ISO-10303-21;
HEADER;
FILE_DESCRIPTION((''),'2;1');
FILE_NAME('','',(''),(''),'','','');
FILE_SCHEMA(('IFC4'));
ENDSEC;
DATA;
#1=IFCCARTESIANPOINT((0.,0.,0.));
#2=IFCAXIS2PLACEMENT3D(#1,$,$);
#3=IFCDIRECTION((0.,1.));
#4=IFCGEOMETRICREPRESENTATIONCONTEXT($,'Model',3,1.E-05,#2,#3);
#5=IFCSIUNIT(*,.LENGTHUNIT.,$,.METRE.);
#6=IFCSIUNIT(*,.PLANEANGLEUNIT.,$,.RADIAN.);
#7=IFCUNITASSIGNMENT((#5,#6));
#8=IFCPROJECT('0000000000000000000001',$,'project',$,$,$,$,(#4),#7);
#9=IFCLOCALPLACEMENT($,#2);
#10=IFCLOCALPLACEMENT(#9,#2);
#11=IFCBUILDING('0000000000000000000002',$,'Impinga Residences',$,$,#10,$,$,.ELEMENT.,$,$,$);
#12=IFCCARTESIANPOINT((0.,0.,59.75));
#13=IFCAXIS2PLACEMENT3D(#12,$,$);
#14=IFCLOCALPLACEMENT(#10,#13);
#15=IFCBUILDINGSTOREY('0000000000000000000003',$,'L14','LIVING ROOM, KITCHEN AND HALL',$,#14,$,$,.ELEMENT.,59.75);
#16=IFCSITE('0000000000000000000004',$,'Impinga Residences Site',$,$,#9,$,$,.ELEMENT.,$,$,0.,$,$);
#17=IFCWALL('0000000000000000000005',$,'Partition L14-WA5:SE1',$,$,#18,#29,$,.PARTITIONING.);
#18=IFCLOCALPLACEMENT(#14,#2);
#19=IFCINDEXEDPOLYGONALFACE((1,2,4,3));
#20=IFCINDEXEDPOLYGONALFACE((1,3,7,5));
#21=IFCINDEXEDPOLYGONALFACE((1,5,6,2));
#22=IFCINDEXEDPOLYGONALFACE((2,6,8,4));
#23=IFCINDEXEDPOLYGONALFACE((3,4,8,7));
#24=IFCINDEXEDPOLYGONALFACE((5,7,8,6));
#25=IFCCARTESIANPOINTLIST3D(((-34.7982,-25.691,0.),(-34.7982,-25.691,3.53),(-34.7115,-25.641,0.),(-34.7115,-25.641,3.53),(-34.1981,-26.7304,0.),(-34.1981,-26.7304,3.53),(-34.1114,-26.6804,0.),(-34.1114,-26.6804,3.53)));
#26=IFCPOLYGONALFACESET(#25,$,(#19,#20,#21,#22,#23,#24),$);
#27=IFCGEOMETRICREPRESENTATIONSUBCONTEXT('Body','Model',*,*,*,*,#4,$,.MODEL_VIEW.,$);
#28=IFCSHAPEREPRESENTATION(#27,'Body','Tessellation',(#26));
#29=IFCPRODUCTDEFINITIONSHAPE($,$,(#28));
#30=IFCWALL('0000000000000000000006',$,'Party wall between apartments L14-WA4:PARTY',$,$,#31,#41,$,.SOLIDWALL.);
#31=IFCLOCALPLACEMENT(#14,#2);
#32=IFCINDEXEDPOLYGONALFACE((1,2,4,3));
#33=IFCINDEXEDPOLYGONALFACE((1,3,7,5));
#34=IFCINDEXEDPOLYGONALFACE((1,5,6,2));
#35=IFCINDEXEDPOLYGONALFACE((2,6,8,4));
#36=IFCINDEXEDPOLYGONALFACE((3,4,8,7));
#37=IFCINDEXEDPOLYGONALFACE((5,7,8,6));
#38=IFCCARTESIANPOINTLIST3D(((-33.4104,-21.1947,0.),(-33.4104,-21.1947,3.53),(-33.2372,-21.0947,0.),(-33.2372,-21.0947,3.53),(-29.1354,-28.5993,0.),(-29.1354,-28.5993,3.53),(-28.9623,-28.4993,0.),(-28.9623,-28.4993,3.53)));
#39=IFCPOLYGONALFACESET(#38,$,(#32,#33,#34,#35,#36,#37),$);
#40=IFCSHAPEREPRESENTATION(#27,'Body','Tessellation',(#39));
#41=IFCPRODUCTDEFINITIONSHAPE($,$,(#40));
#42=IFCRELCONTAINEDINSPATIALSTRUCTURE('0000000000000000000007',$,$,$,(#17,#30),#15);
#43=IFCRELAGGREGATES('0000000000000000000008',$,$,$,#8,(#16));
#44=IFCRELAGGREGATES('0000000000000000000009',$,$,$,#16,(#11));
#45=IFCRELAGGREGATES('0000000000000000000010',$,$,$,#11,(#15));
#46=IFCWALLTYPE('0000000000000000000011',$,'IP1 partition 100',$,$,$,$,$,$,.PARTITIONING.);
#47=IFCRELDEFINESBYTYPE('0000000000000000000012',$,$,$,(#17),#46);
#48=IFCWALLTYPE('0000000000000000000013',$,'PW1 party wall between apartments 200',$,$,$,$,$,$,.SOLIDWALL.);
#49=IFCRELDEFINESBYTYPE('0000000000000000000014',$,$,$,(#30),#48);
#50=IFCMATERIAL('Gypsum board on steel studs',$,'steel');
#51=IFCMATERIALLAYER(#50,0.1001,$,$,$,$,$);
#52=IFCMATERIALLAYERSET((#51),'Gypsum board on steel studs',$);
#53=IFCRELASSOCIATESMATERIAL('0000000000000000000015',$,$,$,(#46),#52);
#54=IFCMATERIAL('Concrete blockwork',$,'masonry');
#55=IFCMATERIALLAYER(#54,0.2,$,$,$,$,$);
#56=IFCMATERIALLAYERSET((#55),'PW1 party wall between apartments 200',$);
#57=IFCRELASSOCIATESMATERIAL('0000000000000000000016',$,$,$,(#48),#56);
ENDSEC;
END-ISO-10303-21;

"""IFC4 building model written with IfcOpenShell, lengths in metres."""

from ifc_helpers import new_model, si_unit, direction, frame, frame_2d, origin, place, context, subcontext, project, spatial, rectangle, extrude, material, layer, layer_set, type_object, element, save


model = new_model("IFC4")

# Units and contexts
model_context = context("Model", 3, precision=1e-05, world=origin(), true_north=direction((0.0, 1.0)))
body_context = subcontext(model_context, "Body", "Model", "MODEL_VIEW")
ifc_project = project(units=[si_unit("LENGTHUNIT", "METRE"), si_unit("PLANEANGLEUNIT", "RADIAN")], contexts=[model_context])

# Site, building, storey
site_placement = place(None, origin())
site = spatial("IfcSite", under=ifc_project, at=site_placement, Name="Impinga Residences Site", CompositionType="ELEMENT", RefElevation=0.0)
building_placement = place(site_placement, origin())
building = spatial("IfcBuilding", under=site, at=building_placement, Name="Impinga Residences", CompositionType="ELEMENT")
storey_placement = place(building_placement, frame((0.0, 0.0, 59.75)))
storey = spatial("IfcBuildingStorey", under=building, at=storey_placement, Name="L14", Description="LIVING ROOM, KITCHEN AND HALL", CompositionType="ELEMENT", Elevation=59.75)

# Shared definitions
ifc_material_1 = material(Name="Gypsum board on steel studs", Category="steel")
ifc_layer_1 = layer(ifc_material_1, 0.1001)
ifc_layer_set_1 = layer_set([ifc_layer_1], Name="Gypsum board on steel studs")
wall_type_1 = type_object("IfcWallType", Name="IP1 partition 100", PredefinedType="PARTITIONING", material=ifc_layer_set_1)

# Walls
for number, where, z_axis, x_axis, name in (
    (1, (-34.7549, -25.666, 0.0), (0.0, 0.0, 1.0), (0.500034, -0.866006, 0.0), "Partition L14-WA5:SE1"),
):
    element("IfcWall", number, at=place(storey_placement, frame(where, z_axis=z_axis, x_axis=x_axis)), inside=storey, type_object=wall_type_1, Name=name, PredefinedType="PARTITIONING", context=body_context, shape_type="SweptSolid", body=[
        extrude(rectangle(XDim=1.2002, YDim=0.1001, at=frame_2d((0.6001, 0.0))), origin(), (0.0, 0.0, 1.0), 3.53),
    ])
ifc_material_2 = material(Name="Concrete blockwork", Category="masonry")
ifc_layer_2 = layer(ifc_material_2, 0.2)
ifc_layer_set_2 = layer_set([ifc_layer_2], Name="PW1 party wall between apartments 200")
wall_type_2 = type_object("IfcWallType", Name="PW1 party wall between apartments 200", PredefinedType="SOLIDWALL", material=ifc_layer_set_2)
wall_1_placement = place(storey_placement, frame((-33.3237, -21.1448, 0.0), z_axis=(0.0, 0.0, 1.0), x_axis=(0.49999, -0.866031, 0.0)))
element("IfcWall", 2, at=wall_1_placement, inside=storey, type_object=wall_type_2, Name="Party wall between apartments L14-WA4:PARTY", PredefinedType="SOLIDWALL", context=body_context, shape_type="SweptSolid", body=[
    extrude(rectangle(XDim=8.55, YDim=0.2, at=frame_2d((4.2749, 0.0))), origin(), (0.0, 0.0, 1.0), 3.53),
])

save(model, "model.ifc")
